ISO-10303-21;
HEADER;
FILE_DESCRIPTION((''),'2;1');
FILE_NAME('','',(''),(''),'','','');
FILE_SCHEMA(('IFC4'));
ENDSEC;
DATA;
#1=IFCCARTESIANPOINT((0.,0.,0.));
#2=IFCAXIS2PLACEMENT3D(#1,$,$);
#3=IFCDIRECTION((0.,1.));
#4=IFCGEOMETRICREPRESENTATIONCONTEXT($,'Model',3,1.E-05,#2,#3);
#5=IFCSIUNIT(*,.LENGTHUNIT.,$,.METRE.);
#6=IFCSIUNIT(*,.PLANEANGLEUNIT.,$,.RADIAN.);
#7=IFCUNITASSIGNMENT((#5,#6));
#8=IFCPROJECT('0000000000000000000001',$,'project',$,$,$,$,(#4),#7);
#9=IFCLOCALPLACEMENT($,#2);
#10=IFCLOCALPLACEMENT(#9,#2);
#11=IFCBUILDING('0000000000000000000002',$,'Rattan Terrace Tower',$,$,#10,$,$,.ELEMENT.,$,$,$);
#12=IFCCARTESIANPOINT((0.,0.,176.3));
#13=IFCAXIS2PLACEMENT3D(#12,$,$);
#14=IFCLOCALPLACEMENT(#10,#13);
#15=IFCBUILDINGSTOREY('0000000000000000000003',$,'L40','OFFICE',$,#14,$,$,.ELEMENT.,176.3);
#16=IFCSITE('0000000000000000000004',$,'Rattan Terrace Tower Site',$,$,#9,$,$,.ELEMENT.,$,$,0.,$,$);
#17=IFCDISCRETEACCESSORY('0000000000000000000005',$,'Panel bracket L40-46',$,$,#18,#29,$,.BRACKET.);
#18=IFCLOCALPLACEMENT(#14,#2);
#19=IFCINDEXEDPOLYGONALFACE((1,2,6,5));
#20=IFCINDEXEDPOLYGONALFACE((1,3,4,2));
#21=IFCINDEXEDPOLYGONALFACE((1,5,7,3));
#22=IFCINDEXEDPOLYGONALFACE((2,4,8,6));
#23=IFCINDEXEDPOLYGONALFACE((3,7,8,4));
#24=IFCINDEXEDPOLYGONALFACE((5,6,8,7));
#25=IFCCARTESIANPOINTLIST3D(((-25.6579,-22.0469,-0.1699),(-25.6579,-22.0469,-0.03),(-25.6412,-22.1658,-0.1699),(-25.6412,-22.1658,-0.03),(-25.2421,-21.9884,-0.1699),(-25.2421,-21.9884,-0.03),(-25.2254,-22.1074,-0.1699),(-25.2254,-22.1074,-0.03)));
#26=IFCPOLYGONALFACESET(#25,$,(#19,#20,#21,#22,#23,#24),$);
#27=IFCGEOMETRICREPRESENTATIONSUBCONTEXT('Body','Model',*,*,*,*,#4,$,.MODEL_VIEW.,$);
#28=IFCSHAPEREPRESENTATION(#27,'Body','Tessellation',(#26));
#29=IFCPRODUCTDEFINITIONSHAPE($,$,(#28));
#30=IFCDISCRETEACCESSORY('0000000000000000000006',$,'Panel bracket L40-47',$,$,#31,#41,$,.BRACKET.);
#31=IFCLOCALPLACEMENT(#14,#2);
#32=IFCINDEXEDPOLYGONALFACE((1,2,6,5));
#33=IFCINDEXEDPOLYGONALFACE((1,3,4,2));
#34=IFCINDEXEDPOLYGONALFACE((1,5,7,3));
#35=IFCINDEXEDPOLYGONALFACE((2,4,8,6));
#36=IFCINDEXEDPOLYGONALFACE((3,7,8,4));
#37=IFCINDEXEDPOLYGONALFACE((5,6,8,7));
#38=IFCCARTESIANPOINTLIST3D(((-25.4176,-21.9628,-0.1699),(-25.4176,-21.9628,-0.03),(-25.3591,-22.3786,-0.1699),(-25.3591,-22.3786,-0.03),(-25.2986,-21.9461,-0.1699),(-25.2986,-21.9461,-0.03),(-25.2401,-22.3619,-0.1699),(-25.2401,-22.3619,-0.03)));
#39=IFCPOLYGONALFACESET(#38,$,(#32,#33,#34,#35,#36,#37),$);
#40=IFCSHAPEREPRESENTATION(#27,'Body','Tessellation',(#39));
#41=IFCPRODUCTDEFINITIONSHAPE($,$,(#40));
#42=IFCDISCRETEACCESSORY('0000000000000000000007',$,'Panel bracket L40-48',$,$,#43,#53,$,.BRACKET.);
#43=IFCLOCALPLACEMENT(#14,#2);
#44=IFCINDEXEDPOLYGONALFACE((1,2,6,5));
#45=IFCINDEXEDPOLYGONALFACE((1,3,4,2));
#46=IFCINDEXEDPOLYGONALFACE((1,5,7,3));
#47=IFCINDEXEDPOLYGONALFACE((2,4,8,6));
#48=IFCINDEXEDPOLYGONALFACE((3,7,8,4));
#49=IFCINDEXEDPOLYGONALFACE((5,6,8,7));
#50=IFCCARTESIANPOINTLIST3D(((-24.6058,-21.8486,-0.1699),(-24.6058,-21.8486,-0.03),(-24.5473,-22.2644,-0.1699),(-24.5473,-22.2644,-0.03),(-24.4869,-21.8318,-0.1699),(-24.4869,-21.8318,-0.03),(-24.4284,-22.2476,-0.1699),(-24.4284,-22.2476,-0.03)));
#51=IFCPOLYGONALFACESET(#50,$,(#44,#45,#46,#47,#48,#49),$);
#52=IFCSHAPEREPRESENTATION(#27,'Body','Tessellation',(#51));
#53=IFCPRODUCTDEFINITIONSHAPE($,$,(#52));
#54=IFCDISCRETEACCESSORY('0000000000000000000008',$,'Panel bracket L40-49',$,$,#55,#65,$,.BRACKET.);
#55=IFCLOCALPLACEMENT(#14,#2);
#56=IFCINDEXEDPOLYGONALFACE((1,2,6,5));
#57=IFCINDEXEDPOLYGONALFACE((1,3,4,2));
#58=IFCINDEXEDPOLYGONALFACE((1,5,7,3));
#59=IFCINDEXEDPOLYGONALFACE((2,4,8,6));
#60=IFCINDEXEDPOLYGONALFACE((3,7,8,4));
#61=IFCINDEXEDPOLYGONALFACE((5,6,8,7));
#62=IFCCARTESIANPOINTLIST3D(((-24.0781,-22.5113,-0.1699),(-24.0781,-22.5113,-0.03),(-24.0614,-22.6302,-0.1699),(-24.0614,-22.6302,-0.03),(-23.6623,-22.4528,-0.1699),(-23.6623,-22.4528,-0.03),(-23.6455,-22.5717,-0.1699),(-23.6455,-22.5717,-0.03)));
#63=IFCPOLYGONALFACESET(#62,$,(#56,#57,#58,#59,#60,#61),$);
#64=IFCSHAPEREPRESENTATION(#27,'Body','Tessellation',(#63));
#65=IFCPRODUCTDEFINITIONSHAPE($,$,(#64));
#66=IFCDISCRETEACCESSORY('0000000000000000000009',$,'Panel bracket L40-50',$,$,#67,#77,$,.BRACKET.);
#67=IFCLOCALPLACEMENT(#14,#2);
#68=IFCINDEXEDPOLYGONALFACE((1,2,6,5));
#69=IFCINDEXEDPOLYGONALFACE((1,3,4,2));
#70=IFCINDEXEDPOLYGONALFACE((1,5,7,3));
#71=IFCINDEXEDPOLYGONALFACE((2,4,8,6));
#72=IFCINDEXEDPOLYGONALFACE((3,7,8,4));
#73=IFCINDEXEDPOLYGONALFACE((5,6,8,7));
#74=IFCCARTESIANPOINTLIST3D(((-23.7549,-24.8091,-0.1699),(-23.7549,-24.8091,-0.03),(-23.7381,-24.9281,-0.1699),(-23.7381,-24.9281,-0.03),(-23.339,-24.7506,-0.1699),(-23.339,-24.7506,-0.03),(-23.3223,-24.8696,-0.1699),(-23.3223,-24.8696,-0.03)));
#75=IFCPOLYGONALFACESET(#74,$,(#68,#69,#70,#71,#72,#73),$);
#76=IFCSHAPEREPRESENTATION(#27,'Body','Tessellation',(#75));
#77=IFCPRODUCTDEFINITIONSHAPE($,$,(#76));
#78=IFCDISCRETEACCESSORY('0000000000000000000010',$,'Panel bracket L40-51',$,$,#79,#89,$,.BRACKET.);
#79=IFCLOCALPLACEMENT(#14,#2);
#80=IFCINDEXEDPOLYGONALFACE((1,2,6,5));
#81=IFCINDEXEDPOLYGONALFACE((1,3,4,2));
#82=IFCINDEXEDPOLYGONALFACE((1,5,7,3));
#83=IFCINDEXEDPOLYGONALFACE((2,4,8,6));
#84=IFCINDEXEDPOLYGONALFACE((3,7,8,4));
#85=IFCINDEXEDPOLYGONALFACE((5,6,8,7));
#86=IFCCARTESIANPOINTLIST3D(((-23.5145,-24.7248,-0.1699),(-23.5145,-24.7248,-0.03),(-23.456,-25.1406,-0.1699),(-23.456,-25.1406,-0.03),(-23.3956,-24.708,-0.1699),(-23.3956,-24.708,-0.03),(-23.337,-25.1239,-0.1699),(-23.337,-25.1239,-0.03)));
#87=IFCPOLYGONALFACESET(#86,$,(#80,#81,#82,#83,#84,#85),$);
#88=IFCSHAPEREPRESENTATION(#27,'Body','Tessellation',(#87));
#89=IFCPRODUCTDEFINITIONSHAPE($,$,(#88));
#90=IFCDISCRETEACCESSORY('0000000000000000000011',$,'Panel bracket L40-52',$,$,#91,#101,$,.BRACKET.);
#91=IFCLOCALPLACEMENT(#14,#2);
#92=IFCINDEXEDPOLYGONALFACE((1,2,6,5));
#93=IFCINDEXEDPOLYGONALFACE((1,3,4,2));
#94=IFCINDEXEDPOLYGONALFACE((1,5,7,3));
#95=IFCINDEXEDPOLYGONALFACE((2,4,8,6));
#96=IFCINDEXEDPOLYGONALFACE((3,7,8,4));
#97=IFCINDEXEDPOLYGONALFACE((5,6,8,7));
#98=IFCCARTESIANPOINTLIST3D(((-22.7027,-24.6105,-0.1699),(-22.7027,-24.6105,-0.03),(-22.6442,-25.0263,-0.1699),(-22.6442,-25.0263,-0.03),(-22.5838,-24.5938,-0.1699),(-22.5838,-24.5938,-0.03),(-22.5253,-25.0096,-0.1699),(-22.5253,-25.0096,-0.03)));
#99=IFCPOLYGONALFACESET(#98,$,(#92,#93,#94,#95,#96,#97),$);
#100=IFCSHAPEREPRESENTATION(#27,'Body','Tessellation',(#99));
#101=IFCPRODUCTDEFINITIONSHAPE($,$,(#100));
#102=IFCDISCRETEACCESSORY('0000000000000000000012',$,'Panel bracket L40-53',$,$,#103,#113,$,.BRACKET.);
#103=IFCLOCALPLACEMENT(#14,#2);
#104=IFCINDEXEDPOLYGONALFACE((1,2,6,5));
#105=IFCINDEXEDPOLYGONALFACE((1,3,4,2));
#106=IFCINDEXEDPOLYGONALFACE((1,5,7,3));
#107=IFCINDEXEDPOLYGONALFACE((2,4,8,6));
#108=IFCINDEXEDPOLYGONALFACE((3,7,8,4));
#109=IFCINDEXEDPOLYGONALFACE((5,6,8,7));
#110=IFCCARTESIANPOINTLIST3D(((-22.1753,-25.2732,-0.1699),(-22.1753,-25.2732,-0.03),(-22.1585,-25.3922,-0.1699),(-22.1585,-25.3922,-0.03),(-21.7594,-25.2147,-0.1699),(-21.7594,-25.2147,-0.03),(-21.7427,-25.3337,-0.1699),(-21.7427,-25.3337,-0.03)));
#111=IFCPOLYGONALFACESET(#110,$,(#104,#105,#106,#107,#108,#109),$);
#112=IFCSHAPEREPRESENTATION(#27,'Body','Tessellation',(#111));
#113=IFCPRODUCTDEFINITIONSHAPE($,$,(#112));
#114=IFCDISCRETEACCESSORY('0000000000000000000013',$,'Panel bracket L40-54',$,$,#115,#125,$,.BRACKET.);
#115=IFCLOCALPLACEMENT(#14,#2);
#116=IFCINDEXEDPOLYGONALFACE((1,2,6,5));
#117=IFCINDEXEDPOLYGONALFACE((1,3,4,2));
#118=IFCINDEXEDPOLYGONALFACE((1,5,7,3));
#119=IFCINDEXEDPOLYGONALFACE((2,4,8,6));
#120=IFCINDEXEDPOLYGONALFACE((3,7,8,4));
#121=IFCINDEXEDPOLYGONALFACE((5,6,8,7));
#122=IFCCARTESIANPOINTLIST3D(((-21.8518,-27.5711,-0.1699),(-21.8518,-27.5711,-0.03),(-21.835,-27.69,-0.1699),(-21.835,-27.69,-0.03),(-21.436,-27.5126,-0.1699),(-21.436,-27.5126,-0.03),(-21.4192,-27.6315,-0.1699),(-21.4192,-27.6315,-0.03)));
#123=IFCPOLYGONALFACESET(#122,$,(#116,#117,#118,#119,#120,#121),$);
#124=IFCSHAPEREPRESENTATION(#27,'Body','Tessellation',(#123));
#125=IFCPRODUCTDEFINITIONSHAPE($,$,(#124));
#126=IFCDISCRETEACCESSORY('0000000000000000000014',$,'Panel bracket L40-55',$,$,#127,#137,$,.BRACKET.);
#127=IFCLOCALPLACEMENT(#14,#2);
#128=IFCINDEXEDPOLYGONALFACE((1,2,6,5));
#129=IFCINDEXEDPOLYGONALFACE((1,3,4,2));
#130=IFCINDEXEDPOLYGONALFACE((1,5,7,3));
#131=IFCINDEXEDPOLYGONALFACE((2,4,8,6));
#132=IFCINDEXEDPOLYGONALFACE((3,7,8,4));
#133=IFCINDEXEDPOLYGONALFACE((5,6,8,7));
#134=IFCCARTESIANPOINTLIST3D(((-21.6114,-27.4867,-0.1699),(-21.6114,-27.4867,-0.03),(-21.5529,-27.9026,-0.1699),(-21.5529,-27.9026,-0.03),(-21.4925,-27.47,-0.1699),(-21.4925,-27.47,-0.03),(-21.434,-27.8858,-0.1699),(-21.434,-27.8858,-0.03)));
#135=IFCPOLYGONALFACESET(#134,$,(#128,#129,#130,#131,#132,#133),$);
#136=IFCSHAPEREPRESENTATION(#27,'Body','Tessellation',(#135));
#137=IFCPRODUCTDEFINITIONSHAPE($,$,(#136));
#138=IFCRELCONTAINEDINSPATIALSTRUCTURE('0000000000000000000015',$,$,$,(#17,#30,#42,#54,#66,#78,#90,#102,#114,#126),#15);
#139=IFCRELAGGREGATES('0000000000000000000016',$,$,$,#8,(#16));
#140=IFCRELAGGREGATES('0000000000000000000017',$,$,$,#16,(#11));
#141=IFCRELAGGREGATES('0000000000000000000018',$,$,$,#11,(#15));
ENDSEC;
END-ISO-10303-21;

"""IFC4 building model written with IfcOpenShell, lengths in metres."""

from ifc_helpers import new_model, si_unit, direction, frame, origin, origin_2d, place, context, subcontext, project, spatial, rectangle, extrude, element, save


model = new_model("IFC4")

# Units and contexts
model_context = context("Model", 3, precision=1e-05, world=origin(), true_north=direction((0.0, 1.0)))
body_context = subcontext(model_context, "Body", "Model", "MODEL_VIEW")
ifc_project = project(units=[si_unit("LENGTHUNIT", "METRE"), si_unit("PLANEANGLEUNIT", "RADIAN")], contexts=[model_context])

# Site, building, storey
site_placement = place(None, origin())
site = spatial("IfcSite", under=ifc_project, at=site_placement, Name="Rattan Terrace Tower Site", CompositionType="ELEMENT", RefElevation=0.0)
building_placement = place(site_placement, origin())
building = spatial("IfcBuilding", under=site, at=building_placement, Name="Rattan Terrace Tower", CompositionType="ELEMENT")
storey_placement = place(building_placement, frame((0.0, 0.0, 176.3)))
storey = spatial("IfcBuildingStorey", under=building, at=storey_placement, Name="L40", Description="OFFICE", CompositionType="ELEMENT", Elevation=176.3)

# Discrete accessories
for number, where, z_axis, x_axis, name in (
    (1, (-25.4417, -22.0771, -0.1699), (0.0, 0.0, 1.0), (0.139191, -0.990266, 0.0), "Panel bracket L40-46"),
    (2, (-25.3289, -22.1624, -0.1699), (0.0, 0.0, 1.0), (0.990241, 0.139367, 0.0), "Panel bracket L40-47"),
    (3, (-24.5171, -22.0481, -0.1699), (0.0, 0.0, 1.0), (0.990241, 0.139367, 0.0), "Panel bracket L40-48"),
    (4, (-23.8618, -22.5415, -0.1699), (0.0, 0.0, 1.0), (0.139321, -0.990247, 0.0), "Panel bracket L40-49"),
    (5, (-23.5386, -24.8394, -0.1699), (0.0, 0.0, 1.0), (0.139321, -0.990247, 0.0), "Panel bracket L40-50"),
    (6, (-23.4258, -24.9243, -0.1699), (0.0, 0.0, 1.0), (0.990241, 0.139367, 0.0), "Panel bracket L40-51"),
    (7, (-22.614, -24.8101, -0.1699), (0.0, 0.0, 1.0), (0.990241, 0.139367, 0.0), "Panel bracket L40-52"),
    (8, (-21.959, -25.3035, -0.1699), (0.0, 0.0, 1.0), (0.139321, -0.990247, 0.0), "Panel bracket L40-53"),
    (9, (-21.6355, -27.6013, -0.1699), (0.0, 0.0, 1.0), (0.139321, -0.990247, 0.0), "Panel bracket L40-54"),
    (10, (-21.5227, -27.6863, -0.1699), (0.0, 0.0, 1.0), (0.990241, 0.139367, 0.0), "Panel bracket L40-55"),
):
    element("IfcDiscreteAccessory", number, at=place(storey_placement, frame(where, z_axis=z_axis, x_axis=x_axis)), inside=storey, Name=name, PredefinedType="BRACKET", context=body_context, shape_type="SweptSolid", body=[
        extrude(rectangle(XDim=0.1201, YDim=0.4199, at=origin_2d()), origin(), (0.0, 0.0, 1.0), 0.1399),
    ])

save(model, "model.ifc")
